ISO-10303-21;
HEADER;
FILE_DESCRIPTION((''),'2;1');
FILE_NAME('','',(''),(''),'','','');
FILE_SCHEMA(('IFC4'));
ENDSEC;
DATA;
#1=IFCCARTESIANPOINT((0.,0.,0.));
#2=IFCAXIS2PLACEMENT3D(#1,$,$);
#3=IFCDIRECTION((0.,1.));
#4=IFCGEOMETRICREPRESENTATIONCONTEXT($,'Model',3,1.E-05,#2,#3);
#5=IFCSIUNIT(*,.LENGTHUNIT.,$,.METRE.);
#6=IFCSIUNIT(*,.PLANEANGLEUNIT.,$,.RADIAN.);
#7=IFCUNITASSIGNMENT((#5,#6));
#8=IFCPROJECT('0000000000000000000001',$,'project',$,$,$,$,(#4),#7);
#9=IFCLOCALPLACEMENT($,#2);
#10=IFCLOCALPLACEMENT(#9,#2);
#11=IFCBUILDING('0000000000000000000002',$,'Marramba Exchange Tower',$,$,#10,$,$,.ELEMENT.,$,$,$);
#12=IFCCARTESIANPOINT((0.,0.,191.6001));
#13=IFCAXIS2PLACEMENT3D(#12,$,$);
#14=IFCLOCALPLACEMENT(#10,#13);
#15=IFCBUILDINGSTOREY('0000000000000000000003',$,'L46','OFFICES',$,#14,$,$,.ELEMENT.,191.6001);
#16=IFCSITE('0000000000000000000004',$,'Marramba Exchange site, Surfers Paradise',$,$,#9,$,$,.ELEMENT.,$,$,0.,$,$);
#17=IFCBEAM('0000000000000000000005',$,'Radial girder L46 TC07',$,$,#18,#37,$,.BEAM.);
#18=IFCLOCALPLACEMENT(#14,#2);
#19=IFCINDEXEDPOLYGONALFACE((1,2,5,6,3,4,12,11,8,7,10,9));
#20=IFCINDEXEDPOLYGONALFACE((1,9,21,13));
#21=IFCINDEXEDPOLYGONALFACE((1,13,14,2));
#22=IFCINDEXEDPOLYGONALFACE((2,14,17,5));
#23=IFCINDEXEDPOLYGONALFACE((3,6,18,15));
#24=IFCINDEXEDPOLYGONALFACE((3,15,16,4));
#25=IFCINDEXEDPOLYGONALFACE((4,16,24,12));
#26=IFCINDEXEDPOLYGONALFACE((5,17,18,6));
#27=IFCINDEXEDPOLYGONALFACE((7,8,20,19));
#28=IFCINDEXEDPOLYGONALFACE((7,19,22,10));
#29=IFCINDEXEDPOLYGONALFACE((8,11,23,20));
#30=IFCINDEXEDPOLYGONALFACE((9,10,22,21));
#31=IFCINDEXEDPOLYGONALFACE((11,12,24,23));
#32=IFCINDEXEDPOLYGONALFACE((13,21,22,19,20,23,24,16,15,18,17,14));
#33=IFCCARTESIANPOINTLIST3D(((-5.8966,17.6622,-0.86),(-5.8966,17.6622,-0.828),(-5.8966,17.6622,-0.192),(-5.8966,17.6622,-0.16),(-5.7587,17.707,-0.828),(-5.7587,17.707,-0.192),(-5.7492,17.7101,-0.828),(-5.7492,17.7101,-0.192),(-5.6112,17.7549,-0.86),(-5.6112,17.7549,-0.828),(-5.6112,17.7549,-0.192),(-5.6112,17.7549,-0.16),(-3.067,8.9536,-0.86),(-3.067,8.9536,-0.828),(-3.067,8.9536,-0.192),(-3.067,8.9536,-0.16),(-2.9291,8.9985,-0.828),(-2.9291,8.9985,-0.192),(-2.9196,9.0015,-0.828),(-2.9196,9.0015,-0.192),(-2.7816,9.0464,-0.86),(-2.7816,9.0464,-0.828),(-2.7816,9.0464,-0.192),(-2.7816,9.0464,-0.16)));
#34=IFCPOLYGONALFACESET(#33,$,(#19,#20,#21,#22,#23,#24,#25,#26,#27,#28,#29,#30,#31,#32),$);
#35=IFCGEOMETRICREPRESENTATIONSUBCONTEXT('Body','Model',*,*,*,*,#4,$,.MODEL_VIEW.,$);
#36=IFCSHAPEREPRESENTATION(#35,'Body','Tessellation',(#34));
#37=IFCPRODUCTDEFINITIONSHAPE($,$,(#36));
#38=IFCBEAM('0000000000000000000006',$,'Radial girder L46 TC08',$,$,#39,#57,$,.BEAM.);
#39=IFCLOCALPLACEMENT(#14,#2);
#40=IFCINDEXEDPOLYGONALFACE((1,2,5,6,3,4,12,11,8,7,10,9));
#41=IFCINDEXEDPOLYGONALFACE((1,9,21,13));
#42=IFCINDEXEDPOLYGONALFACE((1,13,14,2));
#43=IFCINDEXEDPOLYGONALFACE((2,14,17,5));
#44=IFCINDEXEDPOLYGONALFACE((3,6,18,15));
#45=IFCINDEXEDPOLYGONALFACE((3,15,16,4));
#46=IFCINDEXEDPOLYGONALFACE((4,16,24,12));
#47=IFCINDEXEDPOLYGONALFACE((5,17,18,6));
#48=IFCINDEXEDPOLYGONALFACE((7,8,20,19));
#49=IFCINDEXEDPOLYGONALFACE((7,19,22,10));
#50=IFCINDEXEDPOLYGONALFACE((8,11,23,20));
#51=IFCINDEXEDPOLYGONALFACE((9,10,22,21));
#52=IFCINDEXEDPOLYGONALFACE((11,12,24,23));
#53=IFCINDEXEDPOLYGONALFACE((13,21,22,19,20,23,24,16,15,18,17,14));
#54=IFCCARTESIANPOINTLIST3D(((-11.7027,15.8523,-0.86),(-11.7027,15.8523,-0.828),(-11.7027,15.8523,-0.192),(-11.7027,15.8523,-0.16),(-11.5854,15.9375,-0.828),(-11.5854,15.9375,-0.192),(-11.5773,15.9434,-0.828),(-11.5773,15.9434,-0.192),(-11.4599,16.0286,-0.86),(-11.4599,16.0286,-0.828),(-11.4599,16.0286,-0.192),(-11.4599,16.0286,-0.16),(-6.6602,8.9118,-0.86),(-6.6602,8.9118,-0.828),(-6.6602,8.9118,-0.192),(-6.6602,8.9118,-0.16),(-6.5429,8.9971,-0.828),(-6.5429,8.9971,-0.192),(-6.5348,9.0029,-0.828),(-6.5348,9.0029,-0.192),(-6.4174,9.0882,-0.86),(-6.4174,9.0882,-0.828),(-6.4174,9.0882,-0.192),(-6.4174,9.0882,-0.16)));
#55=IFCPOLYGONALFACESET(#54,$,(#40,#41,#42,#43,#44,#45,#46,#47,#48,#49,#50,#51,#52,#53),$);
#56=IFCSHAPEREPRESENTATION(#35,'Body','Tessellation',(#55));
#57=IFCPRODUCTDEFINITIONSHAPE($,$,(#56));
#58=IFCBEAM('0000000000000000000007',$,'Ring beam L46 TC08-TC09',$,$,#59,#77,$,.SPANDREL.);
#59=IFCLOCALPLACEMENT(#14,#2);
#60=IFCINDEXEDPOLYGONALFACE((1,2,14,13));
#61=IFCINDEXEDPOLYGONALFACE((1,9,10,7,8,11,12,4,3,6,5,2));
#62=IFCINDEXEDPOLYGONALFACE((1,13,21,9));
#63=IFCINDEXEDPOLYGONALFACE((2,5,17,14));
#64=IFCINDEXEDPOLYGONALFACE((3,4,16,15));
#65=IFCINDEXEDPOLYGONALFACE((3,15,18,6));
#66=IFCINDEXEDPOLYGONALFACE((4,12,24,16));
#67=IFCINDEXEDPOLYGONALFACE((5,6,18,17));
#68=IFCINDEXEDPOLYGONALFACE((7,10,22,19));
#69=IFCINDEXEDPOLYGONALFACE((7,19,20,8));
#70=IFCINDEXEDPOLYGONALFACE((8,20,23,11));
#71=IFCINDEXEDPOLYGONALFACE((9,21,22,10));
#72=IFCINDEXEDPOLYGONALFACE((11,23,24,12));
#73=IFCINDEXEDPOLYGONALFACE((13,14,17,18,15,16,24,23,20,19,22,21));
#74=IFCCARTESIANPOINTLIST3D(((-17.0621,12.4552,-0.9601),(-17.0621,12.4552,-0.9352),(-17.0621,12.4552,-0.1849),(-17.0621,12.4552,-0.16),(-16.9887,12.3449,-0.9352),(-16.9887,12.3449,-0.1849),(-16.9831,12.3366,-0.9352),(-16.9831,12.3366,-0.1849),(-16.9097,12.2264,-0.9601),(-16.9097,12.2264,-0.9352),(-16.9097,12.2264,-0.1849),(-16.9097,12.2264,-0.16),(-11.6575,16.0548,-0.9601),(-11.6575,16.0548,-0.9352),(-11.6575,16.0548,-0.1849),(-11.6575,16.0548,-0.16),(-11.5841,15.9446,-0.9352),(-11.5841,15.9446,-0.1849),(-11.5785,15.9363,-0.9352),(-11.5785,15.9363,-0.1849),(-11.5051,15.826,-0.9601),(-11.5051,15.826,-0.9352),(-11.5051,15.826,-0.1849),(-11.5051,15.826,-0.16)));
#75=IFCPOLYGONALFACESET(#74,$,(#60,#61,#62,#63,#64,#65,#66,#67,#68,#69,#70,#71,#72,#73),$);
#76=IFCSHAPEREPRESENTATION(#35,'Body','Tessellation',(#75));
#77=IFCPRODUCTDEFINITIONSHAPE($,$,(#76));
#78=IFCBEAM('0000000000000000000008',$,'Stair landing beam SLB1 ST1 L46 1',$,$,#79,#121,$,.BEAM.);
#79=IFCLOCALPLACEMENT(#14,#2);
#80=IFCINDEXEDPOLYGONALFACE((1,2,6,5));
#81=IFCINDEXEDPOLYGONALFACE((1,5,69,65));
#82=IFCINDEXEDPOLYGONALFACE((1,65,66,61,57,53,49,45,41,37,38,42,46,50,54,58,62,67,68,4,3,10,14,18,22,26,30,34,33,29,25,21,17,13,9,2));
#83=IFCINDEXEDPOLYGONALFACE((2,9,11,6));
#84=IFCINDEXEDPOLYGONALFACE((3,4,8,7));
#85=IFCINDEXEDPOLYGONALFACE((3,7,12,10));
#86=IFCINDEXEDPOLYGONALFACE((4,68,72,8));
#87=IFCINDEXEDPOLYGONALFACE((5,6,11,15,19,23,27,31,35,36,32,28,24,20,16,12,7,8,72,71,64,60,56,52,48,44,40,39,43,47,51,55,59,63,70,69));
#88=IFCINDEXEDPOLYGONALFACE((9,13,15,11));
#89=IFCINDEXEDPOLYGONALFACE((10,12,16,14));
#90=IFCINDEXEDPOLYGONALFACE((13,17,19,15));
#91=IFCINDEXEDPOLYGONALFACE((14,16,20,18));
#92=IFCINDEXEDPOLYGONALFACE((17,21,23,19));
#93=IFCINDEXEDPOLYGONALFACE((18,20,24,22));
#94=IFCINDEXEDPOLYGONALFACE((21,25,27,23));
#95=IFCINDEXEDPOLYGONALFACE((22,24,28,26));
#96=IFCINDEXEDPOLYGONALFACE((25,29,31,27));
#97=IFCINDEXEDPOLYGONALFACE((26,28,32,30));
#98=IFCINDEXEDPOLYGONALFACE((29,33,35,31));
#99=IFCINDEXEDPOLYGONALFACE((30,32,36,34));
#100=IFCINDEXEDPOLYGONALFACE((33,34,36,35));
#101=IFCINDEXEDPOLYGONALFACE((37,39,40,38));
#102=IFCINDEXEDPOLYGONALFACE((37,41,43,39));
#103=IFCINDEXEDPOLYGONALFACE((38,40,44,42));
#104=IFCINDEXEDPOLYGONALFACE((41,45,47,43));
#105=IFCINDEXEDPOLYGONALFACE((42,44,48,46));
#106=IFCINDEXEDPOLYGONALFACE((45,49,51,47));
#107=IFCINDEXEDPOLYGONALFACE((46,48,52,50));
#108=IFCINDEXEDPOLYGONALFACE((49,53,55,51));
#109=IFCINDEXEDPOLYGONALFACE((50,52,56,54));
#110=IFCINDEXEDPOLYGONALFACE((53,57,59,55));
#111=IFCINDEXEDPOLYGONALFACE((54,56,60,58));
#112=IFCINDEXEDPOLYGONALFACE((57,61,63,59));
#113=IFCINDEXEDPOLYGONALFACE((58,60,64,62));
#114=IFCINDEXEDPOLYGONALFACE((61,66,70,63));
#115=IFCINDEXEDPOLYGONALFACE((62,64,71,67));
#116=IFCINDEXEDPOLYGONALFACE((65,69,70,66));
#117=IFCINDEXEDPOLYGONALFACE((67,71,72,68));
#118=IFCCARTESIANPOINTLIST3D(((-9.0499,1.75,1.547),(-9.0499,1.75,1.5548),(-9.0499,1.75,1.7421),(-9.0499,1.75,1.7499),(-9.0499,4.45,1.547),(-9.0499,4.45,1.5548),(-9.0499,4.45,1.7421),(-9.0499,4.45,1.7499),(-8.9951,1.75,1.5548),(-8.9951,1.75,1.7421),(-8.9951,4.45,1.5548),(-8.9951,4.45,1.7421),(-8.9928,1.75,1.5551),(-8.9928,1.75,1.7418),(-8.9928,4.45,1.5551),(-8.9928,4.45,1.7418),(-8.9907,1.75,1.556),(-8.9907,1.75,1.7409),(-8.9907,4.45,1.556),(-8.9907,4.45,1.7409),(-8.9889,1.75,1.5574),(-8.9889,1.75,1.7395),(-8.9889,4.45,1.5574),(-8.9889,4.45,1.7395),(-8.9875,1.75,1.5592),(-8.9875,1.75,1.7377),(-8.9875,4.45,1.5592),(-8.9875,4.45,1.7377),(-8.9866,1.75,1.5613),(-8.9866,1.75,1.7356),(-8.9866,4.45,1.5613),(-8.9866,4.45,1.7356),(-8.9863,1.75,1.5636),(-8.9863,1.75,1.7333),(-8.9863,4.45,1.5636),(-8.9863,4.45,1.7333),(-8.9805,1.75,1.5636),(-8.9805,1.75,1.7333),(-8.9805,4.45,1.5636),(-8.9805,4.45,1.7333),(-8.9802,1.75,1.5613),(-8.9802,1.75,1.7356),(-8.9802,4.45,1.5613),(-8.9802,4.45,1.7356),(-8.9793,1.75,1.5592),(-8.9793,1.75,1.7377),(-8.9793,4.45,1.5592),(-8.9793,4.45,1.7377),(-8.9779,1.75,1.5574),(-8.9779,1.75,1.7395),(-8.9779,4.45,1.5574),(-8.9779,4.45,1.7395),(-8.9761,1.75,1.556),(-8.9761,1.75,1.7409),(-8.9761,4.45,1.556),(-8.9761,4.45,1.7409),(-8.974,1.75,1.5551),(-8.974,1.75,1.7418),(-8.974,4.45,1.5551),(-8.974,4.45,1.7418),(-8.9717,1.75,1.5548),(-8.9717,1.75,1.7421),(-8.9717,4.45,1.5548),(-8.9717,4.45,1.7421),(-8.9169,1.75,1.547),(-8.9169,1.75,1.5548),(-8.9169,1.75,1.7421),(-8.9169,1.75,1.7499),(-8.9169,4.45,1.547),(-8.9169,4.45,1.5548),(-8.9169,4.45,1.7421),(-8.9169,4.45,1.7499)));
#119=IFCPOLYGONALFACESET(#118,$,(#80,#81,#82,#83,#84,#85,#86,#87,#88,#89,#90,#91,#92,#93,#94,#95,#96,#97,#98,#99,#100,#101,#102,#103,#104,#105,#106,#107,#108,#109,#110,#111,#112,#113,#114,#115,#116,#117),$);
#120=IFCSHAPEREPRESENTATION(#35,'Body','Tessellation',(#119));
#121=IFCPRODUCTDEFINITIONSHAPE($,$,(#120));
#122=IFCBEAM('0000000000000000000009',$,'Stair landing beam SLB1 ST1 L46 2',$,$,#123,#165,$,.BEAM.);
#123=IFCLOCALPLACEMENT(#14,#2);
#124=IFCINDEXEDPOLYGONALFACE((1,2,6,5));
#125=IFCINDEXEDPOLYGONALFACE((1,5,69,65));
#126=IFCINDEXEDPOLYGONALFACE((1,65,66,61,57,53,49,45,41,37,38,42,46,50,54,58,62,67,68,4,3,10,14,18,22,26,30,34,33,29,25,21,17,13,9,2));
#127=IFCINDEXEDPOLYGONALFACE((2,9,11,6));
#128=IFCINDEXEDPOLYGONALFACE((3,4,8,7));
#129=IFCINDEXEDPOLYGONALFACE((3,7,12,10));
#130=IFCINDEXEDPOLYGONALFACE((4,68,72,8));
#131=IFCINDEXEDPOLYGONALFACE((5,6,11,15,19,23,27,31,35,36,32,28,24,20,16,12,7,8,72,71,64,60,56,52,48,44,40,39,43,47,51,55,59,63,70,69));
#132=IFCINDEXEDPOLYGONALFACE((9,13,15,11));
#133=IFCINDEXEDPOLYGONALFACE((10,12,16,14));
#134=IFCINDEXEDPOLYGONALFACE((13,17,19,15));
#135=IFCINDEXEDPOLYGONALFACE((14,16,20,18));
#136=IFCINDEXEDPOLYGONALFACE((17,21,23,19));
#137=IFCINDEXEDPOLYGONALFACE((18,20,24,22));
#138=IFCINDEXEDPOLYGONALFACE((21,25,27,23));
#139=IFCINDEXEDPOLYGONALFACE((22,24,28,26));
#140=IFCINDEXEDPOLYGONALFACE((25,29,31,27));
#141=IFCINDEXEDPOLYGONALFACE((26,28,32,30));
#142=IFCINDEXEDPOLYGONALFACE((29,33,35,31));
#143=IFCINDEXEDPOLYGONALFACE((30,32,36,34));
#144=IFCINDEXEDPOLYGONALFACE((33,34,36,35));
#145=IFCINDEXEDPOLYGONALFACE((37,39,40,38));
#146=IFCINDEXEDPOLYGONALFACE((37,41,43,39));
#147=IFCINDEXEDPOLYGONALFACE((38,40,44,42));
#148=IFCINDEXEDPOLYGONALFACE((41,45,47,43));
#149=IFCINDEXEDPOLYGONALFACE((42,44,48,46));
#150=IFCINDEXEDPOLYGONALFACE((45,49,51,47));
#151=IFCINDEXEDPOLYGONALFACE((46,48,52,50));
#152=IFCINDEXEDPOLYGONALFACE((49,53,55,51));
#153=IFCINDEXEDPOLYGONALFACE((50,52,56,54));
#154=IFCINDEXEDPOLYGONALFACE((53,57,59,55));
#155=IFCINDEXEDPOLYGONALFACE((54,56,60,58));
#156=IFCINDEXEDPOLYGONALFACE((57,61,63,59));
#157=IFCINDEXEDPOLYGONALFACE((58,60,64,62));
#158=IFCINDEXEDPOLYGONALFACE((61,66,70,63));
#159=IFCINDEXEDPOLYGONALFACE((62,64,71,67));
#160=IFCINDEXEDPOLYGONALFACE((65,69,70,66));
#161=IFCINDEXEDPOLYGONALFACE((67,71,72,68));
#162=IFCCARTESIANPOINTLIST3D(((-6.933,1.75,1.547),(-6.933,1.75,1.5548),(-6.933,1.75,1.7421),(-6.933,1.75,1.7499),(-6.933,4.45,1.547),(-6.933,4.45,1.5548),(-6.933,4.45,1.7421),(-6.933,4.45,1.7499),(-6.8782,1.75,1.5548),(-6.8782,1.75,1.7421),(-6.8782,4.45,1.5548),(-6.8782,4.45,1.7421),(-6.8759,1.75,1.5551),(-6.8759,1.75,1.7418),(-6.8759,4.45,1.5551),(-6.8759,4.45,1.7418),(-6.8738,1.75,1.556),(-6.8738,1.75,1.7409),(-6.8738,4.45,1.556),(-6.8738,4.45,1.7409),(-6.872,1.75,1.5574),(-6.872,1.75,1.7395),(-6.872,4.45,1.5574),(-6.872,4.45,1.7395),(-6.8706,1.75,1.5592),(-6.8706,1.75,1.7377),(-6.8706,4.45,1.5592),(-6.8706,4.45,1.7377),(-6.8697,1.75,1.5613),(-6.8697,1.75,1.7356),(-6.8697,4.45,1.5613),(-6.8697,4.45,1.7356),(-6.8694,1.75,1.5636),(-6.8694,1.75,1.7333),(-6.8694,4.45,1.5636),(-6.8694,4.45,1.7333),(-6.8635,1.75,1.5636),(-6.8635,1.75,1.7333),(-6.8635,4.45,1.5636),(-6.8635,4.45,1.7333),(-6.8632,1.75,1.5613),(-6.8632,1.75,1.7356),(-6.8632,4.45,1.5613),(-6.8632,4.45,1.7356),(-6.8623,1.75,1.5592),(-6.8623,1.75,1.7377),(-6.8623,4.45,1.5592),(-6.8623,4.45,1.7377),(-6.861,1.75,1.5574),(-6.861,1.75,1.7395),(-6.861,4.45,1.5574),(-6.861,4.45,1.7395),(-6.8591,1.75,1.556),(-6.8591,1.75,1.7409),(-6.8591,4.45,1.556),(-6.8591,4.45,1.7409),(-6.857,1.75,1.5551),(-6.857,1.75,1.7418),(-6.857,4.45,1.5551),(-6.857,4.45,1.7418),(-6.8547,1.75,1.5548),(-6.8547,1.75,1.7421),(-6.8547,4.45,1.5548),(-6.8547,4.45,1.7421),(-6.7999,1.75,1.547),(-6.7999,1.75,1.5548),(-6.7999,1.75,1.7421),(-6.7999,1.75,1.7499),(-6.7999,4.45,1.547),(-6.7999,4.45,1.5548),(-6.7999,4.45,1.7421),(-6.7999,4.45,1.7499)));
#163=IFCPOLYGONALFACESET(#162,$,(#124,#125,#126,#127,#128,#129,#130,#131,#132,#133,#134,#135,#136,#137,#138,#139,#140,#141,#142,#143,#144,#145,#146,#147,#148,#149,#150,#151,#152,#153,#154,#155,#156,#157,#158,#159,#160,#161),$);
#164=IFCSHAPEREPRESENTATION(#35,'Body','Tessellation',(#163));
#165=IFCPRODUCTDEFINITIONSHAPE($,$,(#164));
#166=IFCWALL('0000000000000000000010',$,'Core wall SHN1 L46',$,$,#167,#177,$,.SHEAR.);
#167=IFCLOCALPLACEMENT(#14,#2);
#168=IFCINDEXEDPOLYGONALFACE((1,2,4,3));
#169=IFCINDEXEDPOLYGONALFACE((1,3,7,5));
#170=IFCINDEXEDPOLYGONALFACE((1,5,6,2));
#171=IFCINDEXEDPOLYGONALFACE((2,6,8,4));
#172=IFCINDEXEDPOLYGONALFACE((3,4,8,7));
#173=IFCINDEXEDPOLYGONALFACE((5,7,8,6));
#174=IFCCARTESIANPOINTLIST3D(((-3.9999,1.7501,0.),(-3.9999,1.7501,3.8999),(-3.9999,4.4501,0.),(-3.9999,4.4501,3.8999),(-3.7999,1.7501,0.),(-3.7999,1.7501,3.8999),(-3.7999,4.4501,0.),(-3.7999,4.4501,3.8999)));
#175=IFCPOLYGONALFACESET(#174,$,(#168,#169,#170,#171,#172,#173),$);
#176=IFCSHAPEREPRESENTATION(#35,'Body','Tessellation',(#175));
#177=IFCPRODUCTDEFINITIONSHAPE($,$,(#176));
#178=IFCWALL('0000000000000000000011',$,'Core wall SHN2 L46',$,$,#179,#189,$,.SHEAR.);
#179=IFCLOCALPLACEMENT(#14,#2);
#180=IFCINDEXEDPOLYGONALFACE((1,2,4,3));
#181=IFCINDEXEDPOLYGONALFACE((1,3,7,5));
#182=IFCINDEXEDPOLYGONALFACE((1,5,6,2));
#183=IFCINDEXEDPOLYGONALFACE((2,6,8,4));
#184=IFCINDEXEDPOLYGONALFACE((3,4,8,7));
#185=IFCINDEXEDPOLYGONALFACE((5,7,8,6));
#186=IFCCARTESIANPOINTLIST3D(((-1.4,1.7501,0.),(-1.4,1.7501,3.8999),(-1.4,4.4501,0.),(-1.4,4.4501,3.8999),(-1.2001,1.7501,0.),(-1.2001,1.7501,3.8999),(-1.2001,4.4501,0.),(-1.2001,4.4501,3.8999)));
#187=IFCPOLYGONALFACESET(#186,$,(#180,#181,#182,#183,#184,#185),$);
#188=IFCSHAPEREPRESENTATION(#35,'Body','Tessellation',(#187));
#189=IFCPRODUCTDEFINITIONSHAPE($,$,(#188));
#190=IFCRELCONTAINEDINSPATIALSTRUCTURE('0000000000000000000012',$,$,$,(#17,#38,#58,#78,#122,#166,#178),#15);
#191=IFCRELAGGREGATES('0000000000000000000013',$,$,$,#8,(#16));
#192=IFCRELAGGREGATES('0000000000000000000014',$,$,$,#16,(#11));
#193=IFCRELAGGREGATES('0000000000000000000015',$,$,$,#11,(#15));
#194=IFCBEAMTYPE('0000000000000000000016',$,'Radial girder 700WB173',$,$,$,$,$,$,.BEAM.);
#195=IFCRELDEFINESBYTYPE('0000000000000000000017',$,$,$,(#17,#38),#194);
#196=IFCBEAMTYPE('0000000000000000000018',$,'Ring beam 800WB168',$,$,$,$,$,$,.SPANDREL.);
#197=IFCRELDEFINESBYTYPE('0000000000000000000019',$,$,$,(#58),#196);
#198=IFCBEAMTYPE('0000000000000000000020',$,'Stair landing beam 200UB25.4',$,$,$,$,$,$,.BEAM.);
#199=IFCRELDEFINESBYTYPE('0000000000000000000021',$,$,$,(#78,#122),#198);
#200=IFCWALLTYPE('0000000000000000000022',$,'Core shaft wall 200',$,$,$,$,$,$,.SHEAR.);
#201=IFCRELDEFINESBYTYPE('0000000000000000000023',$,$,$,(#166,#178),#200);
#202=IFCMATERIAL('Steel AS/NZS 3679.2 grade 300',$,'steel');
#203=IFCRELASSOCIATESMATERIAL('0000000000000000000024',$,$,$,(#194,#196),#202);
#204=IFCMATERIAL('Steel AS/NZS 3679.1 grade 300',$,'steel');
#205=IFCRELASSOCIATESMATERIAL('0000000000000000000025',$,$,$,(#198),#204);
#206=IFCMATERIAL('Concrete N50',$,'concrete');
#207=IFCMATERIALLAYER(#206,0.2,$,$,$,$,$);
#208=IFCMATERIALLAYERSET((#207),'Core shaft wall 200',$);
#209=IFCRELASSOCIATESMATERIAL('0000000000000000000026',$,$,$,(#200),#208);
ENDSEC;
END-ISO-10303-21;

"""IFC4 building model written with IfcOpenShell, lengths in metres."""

from ifc_helpers import new_model, si_unit, direction, frame, frame_2d, origin, origin_2d, place, context, subcontext, project, spatial, rectangle, i_section, extrude, material, layer, layer_set, material_profile, profile_set, type_object, element, save


model = new_model("IFC4")

# Units and contexts
model_context = context("Model", 3, precision=1e-05, world=origin(), true_north=direction((0.0, 1.0)))
body_context = subcontext(model_context, "Body", "Model", "MODEL_VIEW")
ifc_project = project(units=[si_unit("LENGTHUNIT", "METRE"), si_unit("PLANEANGLEUNIT", "RADIAN")], contexts=[model_context])

# Site, building, storey
site_placement = place(None, origin())
site = spatial("IfcSite", under=ifc_project, at=site_placement, Name="Marramba Exchange site, Surfers Paradise", CompositionType="ELEMENT", RefElevation=0.0)
building_placement = place(site_placement, origin())
building = spatial("IfcBuilding", under=site, at=building_placement, Name="Marramba Exchange Tower", CompositionType="ELEMENT")
storey_placement = place(building_placement, frame((0.0, 0.0, 191.6001)))
storey = spatial("IfcBuildingStorey", under=building, at=storey_placement, Name="L46", Description="OFFICES", CompositionType="ELEMENT", Elevation=191.6001)

# Beams
ifc_material_1 = material(Name="Steel AS/NZS 3679.2 grade 300", Category="steel")
ifc_material_2 = material(Name="Steel AS/NZS 3679.1 grade 300", Category="steel")
ifc_material_profile_1 = material_profile(ifc_material_1, i_section(OverallWidth=0.3, OverallDepth=0.7, WebThickness=0.01, FlangeThickness=0.032, at=origin_2d()), Name="700WB173")
ifc_profile_set_1 = profile_set([ifc_material_profile_1], Name="Steel AS/NZS 3679.2 grade 300")
beam_type_1 = type_object("IfcBeamType", Name="Radial girder 700WB173", PredefinedType="BEAM", material=ifc_profile_set_1)
beam_1_placement = place(storey_placement, frame((-2.9243, 9.0, -0.51), z_axis=(-0.30902, 0.951056, 0.0), x_axis=(-0.951056, -0.30902, 0.0)))
element("IfcBeam", 1, at=beam_1_placement, inside=storey, type_object=beam_type_1, Name="Radial girder L46 TC07", PredefinedType="BEAM", context=body_context, shape_type="SweptSolid", body=[
    extrude(i_section(OverallWidth=0.3, OverallDepth=0.7, WebThickness=0.01, FlangeThickness=0.032, at=origin_2d()), origin(), (0.0, 0.0, 1.0), 9.1567),
])
beam_2_placement = place(storey_placement, frame((-6.5388, 9.0, -0.51), z_axis=(-0.587782, 0.809019, 0.0), x_axis=(-0.809019, -0.587782, 0.0)))
element("IfcBeam", 2, at=beam_2_placement, inside=storey, type_object=beam_type_1, Name="Radial girder L46 TC08", PredefinedType="BEAM", context=body_context, shape_type="SweptSolid", body=[
    extrude(i_section(OverallWidth=0.3, OverallDepth=0.7, WebThickness=0.01, FlangeThickness=0.032, at=origin_2d()), origin(), (0.0, 0.0, 1.0), 8.5789),
])
ifc_material_profile_2 = material_profile(ifc_material_1, i_section(OverallWidth=0.2749, OverallDepth=0.8, WebThickness=0.01, FlangeThickness=0.0249, at=origin_2d()), Name="800WB168")
ifc_profile_set_2 = profile_set([ifc_material_profile_2], Name="Steel AS/NZS 3679.2 grade 300")
beam_type_2 = type_object("IfcBeamType", Name="Ring beam 800WB168", PredefinedType="SPANDREL", material=ifc_profile_set_2)
beam_3_placement = place(storey_placement, frame((-11.5813, 15.9404, -0.5601), z_axis=(-0.832293, -0.554336, 0.0), x_axis=(0.554336, -0.832293, 0.0)))
element("IfcBeam", 3, at=beam_3_placement, inside=storey, type_object=beam_type_2, Name="Ring beam L46 TC08-TC09", PredefinedType="SPANDREL", context=body_context, shape_type="SweptSolid", body=[
    extrude(i_section(OverallWidth=0.2749, OverallDepth=0.8, WebThickness=0.01, FlangeThickness=0.0249, at=origin_2d()), origin(), (0.0, 0.0, 1.0), 6.4937),
])
ifc_material_profile_3 = material_profile(ifc_material_2, i_section(OverallWidth=0.1331, OverallDepth=0.2029, WebThickness=0.0059, FlangeThickness=0.0078, FilletRadius=0.0088, at=origin_2d()), Name="200UB25.4")
ifc_profile_set_3 = profile_set([ifc_material_profile_3], Name="Steel AS/NZS 3679.1 grade 300")
beam_type_3 = type_object("IfcBeamType", Name="Stair landing beam 200UB25.4", PredefinedType="BEAM", material=ifc_profile_set_3)
for number, where, z_axis, x_axis, name in (
    (4, (-8.9834, 1.75, 1.6484), (0.0, 1.0, 0.0), (-1.0, 0.0, 0.0), "Stair landing beam SLB1 ST1 L46 1"),
    (5, (-6.8665, 1.75, 1.6484), (0.0, 1.0, 0.0), (-1.0, 0.0, 0.0), "Stair landing beam SLB1 ST1 L46 2"),
):
    element("IfcBeam", number, at=place(storey_placement, frame(where, z_axis=z_axis, x_axis=x_axis)), inside=storey, type_object=beam_type_3, Name=name, PredefinedType="BEAM", context=body_context, shape_type="SweptSolid", body=[
        extrude(i_section(OverallWidth=0.1331, OverallDepth=0.2029, WebThickness=0.0059, FlangeThickness=0.0078, FilletRadius=0.0088, at=origin_2d()), origin(), (0.0, 0.0, 1.0), 2.7),
    ])

# Walls
ifc_material_3 = material(Name="Concrete N50", Category="concrete")
ifc_layer_1 = layer(ifc_material_3, 0.2)
ifc_layer_set_1 = layer_set([ifc_layer_1], Name="Core shaft wall 200")
wall_type_1 = type_object("IfcWallType", Name="Core shaft wall 200", PredefinedType="SHEAR", material=ifc_layer_set_1)
for number, where, z_axis, x_axis, name in (
    (6, (-3.8999, 1.75, 0.0), (0.0, 0.0, 1.0), (0.0, 1.0, 0.0), "Core wall SHN1 L46"),
    (7, (-1.3, 1.75, 0.0), (0.0, 0.0, 1.0), (0.0, 1.0, 0.0), "Core wall SHN2 L46"),
):
    element("IfcWall", number, at=place(storey_placement, frame(where, z_axis=z_axis, x_axis=x_axis)), inside=storey, type_object=wall_type_1, Name=name, PredefinedType="SHEAR", context=body_context, shape_type="SweptSolid", body=[
        extrude(rectangle(XDim=2.7, YDim=0.2, at=frame_2d((1.3501, 0.0))), origin(), (0.0, 0.0, 1.0), 3.8999),
    ])

save(model, "model.ifc")
